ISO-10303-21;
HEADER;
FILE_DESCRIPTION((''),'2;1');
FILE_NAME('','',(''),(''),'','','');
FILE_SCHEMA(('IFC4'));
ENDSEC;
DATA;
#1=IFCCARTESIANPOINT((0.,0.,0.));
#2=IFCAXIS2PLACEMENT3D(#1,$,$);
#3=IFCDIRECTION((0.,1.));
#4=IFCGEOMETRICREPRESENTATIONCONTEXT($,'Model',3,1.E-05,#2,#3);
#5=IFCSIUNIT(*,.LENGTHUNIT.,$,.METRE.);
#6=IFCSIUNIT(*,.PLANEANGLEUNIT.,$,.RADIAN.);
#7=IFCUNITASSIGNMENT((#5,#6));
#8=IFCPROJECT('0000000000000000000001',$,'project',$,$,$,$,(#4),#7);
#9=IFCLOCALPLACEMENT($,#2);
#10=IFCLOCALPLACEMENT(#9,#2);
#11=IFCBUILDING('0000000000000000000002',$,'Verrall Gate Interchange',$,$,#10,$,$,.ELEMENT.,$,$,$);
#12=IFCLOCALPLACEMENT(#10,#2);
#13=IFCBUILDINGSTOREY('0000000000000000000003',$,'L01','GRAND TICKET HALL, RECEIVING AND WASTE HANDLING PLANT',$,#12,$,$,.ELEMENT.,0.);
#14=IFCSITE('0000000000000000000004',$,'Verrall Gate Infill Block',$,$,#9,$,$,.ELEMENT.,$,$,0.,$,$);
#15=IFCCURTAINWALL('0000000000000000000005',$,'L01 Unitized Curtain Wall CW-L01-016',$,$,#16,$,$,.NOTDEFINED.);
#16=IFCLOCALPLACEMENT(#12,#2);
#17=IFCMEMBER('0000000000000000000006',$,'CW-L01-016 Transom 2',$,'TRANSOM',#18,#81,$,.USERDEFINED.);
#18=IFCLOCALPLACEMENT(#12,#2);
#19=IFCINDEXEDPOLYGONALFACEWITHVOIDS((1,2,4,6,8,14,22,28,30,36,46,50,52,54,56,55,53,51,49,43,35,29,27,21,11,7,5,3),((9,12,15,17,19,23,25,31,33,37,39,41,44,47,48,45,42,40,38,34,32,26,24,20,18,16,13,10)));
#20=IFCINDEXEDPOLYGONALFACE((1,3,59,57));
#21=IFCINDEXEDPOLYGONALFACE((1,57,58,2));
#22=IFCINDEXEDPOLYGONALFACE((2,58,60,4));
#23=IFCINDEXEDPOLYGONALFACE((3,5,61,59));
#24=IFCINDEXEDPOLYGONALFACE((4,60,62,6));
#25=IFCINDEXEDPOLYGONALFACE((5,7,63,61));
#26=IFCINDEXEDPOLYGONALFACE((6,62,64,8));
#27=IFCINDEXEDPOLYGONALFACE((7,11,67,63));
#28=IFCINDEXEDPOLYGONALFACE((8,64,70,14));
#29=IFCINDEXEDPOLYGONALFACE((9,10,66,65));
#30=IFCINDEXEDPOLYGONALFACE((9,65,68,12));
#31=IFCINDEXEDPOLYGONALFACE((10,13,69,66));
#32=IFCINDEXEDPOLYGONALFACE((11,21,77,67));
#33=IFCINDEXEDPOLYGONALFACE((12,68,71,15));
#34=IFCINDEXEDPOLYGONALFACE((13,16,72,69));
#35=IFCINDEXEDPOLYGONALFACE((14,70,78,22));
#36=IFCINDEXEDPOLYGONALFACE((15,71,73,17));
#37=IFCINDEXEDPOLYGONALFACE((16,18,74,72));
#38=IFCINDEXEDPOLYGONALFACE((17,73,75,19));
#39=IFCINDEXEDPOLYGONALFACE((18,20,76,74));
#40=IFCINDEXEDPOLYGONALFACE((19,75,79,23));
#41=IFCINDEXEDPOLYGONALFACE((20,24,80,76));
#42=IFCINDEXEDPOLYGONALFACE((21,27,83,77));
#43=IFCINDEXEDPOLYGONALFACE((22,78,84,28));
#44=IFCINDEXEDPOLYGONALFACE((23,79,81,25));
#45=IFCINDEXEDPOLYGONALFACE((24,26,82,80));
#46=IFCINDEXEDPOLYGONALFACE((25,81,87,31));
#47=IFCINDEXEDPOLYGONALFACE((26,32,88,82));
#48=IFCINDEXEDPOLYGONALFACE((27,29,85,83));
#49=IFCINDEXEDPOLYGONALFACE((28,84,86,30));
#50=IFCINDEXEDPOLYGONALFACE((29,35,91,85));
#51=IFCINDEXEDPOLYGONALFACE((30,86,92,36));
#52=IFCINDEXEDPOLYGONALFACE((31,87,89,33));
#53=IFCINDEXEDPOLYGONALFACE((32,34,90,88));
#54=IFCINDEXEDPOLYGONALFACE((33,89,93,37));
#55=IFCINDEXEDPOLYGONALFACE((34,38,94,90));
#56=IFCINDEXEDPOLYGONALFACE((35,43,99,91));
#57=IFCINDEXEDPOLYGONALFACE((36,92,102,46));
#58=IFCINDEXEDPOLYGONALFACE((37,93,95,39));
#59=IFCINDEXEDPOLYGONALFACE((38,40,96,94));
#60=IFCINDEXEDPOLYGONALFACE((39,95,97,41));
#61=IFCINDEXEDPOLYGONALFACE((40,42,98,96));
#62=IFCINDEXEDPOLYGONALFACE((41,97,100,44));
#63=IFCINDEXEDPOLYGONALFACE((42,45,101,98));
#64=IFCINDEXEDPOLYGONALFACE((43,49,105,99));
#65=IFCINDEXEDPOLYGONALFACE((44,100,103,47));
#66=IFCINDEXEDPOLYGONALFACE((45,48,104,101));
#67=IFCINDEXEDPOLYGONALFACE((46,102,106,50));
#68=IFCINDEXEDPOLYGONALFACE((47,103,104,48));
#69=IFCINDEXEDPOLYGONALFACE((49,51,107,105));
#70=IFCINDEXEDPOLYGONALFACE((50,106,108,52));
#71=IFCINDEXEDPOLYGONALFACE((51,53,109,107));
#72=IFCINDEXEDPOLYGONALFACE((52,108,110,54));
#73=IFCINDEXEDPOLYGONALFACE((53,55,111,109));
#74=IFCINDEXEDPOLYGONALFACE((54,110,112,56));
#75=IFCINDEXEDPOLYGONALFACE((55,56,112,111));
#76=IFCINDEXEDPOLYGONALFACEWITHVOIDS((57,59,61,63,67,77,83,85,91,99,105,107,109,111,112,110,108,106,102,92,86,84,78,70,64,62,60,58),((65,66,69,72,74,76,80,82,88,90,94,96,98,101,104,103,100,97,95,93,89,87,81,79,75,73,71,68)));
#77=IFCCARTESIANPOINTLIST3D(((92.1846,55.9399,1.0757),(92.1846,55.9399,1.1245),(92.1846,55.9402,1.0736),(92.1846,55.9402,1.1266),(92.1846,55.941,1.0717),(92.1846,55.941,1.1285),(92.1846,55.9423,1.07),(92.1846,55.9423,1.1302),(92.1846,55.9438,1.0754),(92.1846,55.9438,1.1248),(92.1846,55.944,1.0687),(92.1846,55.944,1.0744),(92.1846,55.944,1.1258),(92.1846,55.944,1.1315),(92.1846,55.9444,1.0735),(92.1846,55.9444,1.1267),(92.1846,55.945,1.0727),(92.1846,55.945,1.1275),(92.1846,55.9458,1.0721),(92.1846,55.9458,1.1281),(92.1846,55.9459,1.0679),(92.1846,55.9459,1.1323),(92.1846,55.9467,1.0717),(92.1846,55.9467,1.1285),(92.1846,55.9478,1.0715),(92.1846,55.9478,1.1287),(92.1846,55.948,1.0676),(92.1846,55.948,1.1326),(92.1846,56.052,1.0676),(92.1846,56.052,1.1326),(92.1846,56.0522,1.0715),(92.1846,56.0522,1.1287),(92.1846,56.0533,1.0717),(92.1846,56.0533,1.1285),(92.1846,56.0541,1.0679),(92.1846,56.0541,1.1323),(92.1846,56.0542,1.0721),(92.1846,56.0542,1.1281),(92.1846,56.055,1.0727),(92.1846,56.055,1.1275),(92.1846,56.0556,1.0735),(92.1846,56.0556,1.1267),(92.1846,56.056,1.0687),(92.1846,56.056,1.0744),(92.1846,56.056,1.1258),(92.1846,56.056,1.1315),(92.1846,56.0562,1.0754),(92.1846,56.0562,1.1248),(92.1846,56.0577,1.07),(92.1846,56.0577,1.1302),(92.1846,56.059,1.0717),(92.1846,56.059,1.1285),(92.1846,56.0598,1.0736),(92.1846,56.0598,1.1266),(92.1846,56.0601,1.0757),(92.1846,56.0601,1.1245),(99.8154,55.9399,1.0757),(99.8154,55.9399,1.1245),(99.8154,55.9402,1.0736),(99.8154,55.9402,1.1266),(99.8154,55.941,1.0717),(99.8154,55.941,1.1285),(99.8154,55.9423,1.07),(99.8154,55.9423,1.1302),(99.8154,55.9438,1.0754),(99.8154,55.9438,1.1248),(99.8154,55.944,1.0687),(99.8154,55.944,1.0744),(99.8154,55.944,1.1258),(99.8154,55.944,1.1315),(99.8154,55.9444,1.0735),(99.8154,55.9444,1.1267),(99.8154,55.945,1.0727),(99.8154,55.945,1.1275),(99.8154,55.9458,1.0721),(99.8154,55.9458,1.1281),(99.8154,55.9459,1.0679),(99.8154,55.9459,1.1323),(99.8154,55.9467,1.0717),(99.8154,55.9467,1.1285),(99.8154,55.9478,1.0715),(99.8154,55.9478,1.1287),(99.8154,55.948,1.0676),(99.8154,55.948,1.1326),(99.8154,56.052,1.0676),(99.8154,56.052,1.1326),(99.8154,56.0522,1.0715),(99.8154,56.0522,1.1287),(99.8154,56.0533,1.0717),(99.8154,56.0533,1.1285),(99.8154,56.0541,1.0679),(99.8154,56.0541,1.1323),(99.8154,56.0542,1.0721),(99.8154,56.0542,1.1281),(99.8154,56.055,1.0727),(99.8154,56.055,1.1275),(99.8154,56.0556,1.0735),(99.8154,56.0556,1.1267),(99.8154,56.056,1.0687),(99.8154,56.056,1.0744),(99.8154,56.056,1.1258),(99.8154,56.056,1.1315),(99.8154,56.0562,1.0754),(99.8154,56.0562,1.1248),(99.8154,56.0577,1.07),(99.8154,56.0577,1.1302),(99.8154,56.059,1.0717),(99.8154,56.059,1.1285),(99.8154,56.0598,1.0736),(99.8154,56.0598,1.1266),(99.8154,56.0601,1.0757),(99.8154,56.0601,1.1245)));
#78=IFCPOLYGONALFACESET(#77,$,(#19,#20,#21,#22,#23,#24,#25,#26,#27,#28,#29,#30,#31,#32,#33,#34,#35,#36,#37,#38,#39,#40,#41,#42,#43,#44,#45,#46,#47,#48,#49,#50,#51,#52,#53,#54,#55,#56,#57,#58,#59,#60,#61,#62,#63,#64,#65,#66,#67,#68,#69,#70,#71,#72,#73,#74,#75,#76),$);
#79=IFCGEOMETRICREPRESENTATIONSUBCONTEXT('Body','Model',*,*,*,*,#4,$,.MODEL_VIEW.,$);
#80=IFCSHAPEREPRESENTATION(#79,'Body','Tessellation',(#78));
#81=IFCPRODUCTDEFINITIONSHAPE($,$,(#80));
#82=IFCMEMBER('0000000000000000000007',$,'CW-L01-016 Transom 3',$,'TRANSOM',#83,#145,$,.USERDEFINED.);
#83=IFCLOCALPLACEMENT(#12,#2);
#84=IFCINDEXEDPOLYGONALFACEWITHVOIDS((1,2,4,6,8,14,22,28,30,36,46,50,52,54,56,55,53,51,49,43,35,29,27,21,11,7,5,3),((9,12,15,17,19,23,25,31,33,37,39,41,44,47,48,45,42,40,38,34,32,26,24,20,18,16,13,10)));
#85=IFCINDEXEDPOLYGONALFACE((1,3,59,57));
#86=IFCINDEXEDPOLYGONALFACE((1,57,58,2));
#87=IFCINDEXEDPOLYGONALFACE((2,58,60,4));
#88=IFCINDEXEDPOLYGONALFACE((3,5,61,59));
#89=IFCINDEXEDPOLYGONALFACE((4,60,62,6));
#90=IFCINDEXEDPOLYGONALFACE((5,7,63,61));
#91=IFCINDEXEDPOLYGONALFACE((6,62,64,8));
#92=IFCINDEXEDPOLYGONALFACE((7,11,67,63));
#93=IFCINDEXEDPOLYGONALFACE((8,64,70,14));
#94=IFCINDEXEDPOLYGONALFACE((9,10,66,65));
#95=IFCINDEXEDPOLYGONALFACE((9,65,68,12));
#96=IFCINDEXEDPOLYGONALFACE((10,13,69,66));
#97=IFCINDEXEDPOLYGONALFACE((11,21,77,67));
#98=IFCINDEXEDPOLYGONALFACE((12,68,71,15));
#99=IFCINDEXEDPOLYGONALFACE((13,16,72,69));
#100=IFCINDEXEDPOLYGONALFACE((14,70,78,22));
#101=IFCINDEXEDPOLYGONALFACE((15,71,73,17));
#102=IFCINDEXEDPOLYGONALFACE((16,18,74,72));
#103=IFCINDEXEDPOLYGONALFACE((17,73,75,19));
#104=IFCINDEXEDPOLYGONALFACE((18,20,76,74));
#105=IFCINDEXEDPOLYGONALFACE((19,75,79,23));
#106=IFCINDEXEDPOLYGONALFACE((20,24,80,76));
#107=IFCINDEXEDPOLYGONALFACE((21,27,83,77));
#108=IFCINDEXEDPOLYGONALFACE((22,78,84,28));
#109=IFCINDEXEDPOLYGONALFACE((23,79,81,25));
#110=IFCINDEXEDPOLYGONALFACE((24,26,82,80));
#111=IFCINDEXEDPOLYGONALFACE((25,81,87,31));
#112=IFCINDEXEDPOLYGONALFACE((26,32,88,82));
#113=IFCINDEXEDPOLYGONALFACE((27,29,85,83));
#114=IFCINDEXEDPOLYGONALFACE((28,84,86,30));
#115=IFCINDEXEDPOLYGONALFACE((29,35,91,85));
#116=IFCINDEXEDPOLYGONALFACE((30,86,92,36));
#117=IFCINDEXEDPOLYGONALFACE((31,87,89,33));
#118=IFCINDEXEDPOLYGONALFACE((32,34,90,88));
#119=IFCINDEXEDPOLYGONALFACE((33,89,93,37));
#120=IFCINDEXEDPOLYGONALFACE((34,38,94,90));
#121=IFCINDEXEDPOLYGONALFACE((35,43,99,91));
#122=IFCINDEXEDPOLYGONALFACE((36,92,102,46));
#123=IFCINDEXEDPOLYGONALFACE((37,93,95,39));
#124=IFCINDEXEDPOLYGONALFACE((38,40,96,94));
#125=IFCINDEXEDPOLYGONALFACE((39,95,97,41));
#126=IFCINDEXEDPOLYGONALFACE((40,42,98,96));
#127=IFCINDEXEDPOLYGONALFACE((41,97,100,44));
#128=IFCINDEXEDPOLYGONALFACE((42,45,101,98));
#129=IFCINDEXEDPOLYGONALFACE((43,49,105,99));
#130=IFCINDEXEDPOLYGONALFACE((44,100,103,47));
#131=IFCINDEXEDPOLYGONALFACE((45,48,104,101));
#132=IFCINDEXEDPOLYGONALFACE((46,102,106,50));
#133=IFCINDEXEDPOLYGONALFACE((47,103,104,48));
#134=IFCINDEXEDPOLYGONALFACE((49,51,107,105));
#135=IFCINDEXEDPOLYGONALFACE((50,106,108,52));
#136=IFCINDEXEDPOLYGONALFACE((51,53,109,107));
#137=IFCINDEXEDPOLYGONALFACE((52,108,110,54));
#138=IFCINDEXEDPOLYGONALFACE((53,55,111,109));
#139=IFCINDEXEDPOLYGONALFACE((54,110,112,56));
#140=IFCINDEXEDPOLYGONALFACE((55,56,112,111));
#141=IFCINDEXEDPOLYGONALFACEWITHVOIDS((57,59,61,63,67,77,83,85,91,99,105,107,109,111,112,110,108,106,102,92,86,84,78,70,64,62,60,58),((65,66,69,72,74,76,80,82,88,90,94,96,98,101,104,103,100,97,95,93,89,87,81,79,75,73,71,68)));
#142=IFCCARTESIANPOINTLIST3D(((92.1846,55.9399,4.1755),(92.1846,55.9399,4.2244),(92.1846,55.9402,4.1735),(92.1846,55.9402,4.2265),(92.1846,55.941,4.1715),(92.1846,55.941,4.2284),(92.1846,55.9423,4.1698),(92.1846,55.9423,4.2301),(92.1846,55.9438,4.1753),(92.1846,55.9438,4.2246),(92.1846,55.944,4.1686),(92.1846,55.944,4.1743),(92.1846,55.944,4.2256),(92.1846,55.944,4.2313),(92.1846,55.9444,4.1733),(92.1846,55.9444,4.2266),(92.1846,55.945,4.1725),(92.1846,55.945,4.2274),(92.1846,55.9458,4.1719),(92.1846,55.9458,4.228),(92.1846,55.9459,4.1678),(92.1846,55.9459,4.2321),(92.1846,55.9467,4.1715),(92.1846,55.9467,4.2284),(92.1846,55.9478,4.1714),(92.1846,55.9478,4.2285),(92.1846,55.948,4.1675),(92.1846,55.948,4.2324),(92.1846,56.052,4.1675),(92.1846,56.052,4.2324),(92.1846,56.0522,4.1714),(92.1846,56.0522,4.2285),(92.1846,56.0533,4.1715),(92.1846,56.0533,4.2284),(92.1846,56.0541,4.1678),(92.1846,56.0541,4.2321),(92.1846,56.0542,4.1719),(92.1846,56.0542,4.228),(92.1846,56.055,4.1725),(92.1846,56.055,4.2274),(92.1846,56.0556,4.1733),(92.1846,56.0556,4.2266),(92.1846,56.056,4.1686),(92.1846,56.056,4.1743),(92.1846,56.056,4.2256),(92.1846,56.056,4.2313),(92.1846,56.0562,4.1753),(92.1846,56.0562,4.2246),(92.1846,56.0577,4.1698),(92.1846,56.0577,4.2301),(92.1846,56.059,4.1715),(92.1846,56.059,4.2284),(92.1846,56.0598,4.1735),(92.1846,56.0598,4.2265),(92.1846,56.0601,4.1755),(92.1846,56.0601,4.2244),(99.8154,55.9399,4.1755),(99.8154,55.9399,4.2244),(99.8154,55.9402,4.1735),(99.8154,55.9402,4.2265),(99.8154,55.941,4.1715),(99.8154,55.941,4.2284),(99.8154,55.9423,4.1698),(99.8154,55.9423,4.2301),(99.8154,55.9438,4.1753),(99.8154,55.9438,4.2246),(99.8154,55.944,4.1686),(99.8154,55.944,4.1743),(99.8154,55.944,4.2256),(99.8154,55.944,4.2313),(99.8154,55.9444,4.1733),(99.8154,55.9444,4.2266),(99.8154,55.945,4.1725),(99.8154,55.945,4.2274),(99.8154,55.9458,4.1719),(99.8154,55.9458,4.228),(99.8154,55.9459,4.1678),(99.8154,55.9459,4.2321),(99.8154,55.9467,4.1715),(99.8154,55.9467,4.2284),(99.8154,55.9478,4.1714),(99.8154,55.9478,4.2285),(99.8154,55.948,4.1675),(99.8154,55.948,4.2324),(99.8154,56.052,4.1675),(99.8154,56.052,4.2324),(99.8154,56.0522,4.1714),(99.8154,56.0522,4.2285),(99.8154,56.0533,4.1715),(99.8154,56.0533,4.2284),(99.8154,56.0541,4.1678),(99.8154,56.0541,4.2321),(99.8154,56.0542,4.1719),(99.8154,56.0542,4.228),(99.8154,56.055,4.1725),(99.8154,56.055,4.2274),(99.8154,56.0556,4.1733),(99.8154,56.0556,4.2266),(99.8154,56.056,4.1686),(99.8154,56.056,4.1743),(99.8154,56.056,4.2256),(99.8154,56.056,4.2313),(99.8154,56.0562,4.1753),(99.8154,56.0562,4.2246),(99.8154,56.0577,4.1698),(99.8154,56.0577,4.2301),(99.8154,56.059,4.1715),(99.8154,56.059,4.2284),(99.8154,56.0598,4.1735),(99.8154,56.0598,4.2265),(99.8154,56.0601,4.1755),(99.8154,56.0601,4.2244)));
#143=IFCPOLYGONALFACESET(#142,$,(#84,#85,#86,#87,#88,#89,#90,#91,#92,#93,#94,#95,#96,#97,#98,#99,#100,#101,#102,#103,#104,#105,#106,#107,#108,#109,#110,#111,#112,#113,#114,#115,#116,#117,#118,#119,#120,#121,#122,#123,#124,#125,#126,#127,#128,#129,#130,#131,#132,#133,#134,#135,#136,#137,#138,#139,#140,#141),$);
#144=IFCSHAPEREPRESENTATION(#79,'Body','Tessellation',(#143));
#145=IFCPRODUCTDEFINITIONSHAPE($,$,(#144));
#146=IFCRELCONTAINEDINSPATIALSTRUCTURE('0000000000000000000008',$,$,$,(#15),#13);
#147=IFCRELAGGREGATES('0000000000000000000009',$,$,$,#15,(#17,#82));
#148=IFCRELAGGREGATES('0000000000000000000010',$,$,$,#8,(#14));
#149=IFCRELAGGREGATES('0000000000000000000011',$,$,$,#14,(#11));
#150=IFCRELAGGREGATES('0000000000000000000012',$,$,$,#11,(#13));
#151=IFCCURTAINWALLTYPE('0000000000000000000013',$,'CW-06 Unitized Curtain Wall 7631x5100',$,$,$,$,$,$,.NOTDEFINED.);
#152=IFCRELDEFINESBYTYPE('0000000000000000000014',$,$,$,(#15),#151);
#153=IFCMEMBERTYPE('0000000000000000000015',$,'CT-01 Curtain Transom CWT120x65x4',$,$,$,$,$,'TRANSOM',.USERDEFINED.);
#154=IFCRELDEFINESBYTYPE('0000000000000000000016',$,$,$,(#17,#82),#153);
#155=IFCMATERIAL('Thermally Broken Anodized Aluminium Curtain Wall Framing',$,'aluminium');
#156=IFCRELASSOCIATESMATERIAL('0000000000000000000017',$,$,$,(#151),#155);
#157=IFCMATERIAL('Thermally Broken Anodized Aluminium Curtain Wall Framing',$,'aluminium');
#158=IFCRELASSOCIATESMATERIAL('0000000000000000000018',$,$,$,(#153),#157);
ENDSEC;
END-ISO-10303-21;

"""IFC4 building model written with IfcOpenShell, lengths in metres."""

from ifc_helpers import new_model, si_unit, direction, frame, origin, origin_2d, place, context, subcontext, project, spatial, hollow_rectangle, extrude, material, material_profile, profile_set, type_object, element, aggregate, save


model = new_model("IFC4")

# Units and contexts
model_context = context("Model", 3, precision=1e-05, world=origin(), true_north=direction((0.0, 1.0)))
body_context = subcontext(model_context, "Body", "Model", "MODEL_VIEW")
ifc_project = project(units=[si_unit("LENGTHUNIT", "METRE"), si_unit("PLANEANGLEUNIT", "RADIAN")], contexts=[model_context])

# Site, building, storey
site_placement = place(None, origin())
site = spatial("IfcSite", under=ifc_project, at=site_placement, Name="Verrall Gate Infill Block", CompositionType="ELEMENT", RefElevation=0.0)
building_placement = place(site_placement, origin())
building = spatial("IfcBuilding", under=site, at=building_placement, Name="Verrall Gate Interchange", CompositionType="ELEMENT")
storey_placement = place(building_placement, origin())
storey = spatial("IfcBuildingStorey", under=building, at=storey_placement, Name="L01", Description="GRAND TICKET HALL, RECEIVING AND WASTE HANDLING PLANT", CompositionType="ELEMENT", Elevation=0.0)

# Curtain wall, members
ifc_material_1 = material(Name="Thermally Broken Anodized Aluminium Curtain Wall Framing", Category="aluminium")
curtain_wall_type = type_object("IfcCurtainWallType", Name="CW-06 Unitized Curtain Wall 7631x5100", PredefinedType="NOTDEFINED", material=ifc_material_1)
curtain_wall_placement = place(storey_placement, origin())
curtain_wall = element("IfcCurtainWall", 1, at=curtain_wall_placement, inside=storey, type_object=curtain_wall_type, Name="L01 Unitized Curtain Wall CW-L01-016", PredefinedType="NOTDEFINED")
ifc_material_2 = material(Name="Thermally Broken Anodized Aluminium Curtain Wall Framing", Category="aluminium")
ifc_material_profile_1 = material_profile(ifc_material_2, hollow_rectangle(XDim=0.1201, YDim=0.0649, WallThickness=0.0039, InnerFilletRadius=0.0039, OuterFilletRadius=0.0081, at=origin_2d()), Name="CWT120x65x4")
ifc_profile_set_1 = profile_set([ifc_material_profile_1], Name="Thermally Broken Anodized Aluminium Curtain Wall Framing")
member_type_1 = type_object("IfcMemberType", Name="CT-01 Curtain Transom CWT120x65x4", ElementType="TRANSOM", PredefinedType="USERDEFINED", material=ifc_profile_set_1)
member_1_placement = place(storey_placement, frame((99.8154, 56.0, 1.1001), z_axis=(-1.0, 0.0, 0.0), x_axis=(0.0, -1.0, 0.0)))
member_1 = element("IfcMember", 2, at=member_1_placement, type_object=member_type_1, Name="CW-L01-016 Transom 2", ObjectType="TRANSOM", PredefinedType="USERDEFINED", context=body_context, shape_type="SweptSolid", body=[
    extrude(hollow_rectangle(XDim=0.1201, YDim=0.0649, WallThickness=0.0039, InnerFilletRadius=0.0039, OuterFilletRadius=0.0081, at=origin_2d()), origin(), (0.0, 0.0, 1.0), 7.6309),
])
member_2_placement = place(storey_placement, frame((99.8154, 56.0, 4.2), z_axis=(-1.0, 0.0, 0.0), x_axis=(0.0, -1.0, 0.0)))
member_2 = element("IfcMember", 3, at=member_2_placement, type_object=member_type_1, Name="CW-L01-016 Transom 3", ObjectType="TRANSOM", PredefinedType="USERDEFINED", context=body_context, shape_type="SweptSolid", body=[
    extrude(hollow_rectangle(XDim=0.1201, YDim=0.0649, WallThickness=0.0039, InnerFilletRadius=0.0039, OuterFilletRadius=0.0081, at=origin_2d()), origin(), (0.0, 0.0, 1.0), 7.6309),
])

aggregate(curtain_wall, [member_1, member_2])

save(model, "model.ifc")
